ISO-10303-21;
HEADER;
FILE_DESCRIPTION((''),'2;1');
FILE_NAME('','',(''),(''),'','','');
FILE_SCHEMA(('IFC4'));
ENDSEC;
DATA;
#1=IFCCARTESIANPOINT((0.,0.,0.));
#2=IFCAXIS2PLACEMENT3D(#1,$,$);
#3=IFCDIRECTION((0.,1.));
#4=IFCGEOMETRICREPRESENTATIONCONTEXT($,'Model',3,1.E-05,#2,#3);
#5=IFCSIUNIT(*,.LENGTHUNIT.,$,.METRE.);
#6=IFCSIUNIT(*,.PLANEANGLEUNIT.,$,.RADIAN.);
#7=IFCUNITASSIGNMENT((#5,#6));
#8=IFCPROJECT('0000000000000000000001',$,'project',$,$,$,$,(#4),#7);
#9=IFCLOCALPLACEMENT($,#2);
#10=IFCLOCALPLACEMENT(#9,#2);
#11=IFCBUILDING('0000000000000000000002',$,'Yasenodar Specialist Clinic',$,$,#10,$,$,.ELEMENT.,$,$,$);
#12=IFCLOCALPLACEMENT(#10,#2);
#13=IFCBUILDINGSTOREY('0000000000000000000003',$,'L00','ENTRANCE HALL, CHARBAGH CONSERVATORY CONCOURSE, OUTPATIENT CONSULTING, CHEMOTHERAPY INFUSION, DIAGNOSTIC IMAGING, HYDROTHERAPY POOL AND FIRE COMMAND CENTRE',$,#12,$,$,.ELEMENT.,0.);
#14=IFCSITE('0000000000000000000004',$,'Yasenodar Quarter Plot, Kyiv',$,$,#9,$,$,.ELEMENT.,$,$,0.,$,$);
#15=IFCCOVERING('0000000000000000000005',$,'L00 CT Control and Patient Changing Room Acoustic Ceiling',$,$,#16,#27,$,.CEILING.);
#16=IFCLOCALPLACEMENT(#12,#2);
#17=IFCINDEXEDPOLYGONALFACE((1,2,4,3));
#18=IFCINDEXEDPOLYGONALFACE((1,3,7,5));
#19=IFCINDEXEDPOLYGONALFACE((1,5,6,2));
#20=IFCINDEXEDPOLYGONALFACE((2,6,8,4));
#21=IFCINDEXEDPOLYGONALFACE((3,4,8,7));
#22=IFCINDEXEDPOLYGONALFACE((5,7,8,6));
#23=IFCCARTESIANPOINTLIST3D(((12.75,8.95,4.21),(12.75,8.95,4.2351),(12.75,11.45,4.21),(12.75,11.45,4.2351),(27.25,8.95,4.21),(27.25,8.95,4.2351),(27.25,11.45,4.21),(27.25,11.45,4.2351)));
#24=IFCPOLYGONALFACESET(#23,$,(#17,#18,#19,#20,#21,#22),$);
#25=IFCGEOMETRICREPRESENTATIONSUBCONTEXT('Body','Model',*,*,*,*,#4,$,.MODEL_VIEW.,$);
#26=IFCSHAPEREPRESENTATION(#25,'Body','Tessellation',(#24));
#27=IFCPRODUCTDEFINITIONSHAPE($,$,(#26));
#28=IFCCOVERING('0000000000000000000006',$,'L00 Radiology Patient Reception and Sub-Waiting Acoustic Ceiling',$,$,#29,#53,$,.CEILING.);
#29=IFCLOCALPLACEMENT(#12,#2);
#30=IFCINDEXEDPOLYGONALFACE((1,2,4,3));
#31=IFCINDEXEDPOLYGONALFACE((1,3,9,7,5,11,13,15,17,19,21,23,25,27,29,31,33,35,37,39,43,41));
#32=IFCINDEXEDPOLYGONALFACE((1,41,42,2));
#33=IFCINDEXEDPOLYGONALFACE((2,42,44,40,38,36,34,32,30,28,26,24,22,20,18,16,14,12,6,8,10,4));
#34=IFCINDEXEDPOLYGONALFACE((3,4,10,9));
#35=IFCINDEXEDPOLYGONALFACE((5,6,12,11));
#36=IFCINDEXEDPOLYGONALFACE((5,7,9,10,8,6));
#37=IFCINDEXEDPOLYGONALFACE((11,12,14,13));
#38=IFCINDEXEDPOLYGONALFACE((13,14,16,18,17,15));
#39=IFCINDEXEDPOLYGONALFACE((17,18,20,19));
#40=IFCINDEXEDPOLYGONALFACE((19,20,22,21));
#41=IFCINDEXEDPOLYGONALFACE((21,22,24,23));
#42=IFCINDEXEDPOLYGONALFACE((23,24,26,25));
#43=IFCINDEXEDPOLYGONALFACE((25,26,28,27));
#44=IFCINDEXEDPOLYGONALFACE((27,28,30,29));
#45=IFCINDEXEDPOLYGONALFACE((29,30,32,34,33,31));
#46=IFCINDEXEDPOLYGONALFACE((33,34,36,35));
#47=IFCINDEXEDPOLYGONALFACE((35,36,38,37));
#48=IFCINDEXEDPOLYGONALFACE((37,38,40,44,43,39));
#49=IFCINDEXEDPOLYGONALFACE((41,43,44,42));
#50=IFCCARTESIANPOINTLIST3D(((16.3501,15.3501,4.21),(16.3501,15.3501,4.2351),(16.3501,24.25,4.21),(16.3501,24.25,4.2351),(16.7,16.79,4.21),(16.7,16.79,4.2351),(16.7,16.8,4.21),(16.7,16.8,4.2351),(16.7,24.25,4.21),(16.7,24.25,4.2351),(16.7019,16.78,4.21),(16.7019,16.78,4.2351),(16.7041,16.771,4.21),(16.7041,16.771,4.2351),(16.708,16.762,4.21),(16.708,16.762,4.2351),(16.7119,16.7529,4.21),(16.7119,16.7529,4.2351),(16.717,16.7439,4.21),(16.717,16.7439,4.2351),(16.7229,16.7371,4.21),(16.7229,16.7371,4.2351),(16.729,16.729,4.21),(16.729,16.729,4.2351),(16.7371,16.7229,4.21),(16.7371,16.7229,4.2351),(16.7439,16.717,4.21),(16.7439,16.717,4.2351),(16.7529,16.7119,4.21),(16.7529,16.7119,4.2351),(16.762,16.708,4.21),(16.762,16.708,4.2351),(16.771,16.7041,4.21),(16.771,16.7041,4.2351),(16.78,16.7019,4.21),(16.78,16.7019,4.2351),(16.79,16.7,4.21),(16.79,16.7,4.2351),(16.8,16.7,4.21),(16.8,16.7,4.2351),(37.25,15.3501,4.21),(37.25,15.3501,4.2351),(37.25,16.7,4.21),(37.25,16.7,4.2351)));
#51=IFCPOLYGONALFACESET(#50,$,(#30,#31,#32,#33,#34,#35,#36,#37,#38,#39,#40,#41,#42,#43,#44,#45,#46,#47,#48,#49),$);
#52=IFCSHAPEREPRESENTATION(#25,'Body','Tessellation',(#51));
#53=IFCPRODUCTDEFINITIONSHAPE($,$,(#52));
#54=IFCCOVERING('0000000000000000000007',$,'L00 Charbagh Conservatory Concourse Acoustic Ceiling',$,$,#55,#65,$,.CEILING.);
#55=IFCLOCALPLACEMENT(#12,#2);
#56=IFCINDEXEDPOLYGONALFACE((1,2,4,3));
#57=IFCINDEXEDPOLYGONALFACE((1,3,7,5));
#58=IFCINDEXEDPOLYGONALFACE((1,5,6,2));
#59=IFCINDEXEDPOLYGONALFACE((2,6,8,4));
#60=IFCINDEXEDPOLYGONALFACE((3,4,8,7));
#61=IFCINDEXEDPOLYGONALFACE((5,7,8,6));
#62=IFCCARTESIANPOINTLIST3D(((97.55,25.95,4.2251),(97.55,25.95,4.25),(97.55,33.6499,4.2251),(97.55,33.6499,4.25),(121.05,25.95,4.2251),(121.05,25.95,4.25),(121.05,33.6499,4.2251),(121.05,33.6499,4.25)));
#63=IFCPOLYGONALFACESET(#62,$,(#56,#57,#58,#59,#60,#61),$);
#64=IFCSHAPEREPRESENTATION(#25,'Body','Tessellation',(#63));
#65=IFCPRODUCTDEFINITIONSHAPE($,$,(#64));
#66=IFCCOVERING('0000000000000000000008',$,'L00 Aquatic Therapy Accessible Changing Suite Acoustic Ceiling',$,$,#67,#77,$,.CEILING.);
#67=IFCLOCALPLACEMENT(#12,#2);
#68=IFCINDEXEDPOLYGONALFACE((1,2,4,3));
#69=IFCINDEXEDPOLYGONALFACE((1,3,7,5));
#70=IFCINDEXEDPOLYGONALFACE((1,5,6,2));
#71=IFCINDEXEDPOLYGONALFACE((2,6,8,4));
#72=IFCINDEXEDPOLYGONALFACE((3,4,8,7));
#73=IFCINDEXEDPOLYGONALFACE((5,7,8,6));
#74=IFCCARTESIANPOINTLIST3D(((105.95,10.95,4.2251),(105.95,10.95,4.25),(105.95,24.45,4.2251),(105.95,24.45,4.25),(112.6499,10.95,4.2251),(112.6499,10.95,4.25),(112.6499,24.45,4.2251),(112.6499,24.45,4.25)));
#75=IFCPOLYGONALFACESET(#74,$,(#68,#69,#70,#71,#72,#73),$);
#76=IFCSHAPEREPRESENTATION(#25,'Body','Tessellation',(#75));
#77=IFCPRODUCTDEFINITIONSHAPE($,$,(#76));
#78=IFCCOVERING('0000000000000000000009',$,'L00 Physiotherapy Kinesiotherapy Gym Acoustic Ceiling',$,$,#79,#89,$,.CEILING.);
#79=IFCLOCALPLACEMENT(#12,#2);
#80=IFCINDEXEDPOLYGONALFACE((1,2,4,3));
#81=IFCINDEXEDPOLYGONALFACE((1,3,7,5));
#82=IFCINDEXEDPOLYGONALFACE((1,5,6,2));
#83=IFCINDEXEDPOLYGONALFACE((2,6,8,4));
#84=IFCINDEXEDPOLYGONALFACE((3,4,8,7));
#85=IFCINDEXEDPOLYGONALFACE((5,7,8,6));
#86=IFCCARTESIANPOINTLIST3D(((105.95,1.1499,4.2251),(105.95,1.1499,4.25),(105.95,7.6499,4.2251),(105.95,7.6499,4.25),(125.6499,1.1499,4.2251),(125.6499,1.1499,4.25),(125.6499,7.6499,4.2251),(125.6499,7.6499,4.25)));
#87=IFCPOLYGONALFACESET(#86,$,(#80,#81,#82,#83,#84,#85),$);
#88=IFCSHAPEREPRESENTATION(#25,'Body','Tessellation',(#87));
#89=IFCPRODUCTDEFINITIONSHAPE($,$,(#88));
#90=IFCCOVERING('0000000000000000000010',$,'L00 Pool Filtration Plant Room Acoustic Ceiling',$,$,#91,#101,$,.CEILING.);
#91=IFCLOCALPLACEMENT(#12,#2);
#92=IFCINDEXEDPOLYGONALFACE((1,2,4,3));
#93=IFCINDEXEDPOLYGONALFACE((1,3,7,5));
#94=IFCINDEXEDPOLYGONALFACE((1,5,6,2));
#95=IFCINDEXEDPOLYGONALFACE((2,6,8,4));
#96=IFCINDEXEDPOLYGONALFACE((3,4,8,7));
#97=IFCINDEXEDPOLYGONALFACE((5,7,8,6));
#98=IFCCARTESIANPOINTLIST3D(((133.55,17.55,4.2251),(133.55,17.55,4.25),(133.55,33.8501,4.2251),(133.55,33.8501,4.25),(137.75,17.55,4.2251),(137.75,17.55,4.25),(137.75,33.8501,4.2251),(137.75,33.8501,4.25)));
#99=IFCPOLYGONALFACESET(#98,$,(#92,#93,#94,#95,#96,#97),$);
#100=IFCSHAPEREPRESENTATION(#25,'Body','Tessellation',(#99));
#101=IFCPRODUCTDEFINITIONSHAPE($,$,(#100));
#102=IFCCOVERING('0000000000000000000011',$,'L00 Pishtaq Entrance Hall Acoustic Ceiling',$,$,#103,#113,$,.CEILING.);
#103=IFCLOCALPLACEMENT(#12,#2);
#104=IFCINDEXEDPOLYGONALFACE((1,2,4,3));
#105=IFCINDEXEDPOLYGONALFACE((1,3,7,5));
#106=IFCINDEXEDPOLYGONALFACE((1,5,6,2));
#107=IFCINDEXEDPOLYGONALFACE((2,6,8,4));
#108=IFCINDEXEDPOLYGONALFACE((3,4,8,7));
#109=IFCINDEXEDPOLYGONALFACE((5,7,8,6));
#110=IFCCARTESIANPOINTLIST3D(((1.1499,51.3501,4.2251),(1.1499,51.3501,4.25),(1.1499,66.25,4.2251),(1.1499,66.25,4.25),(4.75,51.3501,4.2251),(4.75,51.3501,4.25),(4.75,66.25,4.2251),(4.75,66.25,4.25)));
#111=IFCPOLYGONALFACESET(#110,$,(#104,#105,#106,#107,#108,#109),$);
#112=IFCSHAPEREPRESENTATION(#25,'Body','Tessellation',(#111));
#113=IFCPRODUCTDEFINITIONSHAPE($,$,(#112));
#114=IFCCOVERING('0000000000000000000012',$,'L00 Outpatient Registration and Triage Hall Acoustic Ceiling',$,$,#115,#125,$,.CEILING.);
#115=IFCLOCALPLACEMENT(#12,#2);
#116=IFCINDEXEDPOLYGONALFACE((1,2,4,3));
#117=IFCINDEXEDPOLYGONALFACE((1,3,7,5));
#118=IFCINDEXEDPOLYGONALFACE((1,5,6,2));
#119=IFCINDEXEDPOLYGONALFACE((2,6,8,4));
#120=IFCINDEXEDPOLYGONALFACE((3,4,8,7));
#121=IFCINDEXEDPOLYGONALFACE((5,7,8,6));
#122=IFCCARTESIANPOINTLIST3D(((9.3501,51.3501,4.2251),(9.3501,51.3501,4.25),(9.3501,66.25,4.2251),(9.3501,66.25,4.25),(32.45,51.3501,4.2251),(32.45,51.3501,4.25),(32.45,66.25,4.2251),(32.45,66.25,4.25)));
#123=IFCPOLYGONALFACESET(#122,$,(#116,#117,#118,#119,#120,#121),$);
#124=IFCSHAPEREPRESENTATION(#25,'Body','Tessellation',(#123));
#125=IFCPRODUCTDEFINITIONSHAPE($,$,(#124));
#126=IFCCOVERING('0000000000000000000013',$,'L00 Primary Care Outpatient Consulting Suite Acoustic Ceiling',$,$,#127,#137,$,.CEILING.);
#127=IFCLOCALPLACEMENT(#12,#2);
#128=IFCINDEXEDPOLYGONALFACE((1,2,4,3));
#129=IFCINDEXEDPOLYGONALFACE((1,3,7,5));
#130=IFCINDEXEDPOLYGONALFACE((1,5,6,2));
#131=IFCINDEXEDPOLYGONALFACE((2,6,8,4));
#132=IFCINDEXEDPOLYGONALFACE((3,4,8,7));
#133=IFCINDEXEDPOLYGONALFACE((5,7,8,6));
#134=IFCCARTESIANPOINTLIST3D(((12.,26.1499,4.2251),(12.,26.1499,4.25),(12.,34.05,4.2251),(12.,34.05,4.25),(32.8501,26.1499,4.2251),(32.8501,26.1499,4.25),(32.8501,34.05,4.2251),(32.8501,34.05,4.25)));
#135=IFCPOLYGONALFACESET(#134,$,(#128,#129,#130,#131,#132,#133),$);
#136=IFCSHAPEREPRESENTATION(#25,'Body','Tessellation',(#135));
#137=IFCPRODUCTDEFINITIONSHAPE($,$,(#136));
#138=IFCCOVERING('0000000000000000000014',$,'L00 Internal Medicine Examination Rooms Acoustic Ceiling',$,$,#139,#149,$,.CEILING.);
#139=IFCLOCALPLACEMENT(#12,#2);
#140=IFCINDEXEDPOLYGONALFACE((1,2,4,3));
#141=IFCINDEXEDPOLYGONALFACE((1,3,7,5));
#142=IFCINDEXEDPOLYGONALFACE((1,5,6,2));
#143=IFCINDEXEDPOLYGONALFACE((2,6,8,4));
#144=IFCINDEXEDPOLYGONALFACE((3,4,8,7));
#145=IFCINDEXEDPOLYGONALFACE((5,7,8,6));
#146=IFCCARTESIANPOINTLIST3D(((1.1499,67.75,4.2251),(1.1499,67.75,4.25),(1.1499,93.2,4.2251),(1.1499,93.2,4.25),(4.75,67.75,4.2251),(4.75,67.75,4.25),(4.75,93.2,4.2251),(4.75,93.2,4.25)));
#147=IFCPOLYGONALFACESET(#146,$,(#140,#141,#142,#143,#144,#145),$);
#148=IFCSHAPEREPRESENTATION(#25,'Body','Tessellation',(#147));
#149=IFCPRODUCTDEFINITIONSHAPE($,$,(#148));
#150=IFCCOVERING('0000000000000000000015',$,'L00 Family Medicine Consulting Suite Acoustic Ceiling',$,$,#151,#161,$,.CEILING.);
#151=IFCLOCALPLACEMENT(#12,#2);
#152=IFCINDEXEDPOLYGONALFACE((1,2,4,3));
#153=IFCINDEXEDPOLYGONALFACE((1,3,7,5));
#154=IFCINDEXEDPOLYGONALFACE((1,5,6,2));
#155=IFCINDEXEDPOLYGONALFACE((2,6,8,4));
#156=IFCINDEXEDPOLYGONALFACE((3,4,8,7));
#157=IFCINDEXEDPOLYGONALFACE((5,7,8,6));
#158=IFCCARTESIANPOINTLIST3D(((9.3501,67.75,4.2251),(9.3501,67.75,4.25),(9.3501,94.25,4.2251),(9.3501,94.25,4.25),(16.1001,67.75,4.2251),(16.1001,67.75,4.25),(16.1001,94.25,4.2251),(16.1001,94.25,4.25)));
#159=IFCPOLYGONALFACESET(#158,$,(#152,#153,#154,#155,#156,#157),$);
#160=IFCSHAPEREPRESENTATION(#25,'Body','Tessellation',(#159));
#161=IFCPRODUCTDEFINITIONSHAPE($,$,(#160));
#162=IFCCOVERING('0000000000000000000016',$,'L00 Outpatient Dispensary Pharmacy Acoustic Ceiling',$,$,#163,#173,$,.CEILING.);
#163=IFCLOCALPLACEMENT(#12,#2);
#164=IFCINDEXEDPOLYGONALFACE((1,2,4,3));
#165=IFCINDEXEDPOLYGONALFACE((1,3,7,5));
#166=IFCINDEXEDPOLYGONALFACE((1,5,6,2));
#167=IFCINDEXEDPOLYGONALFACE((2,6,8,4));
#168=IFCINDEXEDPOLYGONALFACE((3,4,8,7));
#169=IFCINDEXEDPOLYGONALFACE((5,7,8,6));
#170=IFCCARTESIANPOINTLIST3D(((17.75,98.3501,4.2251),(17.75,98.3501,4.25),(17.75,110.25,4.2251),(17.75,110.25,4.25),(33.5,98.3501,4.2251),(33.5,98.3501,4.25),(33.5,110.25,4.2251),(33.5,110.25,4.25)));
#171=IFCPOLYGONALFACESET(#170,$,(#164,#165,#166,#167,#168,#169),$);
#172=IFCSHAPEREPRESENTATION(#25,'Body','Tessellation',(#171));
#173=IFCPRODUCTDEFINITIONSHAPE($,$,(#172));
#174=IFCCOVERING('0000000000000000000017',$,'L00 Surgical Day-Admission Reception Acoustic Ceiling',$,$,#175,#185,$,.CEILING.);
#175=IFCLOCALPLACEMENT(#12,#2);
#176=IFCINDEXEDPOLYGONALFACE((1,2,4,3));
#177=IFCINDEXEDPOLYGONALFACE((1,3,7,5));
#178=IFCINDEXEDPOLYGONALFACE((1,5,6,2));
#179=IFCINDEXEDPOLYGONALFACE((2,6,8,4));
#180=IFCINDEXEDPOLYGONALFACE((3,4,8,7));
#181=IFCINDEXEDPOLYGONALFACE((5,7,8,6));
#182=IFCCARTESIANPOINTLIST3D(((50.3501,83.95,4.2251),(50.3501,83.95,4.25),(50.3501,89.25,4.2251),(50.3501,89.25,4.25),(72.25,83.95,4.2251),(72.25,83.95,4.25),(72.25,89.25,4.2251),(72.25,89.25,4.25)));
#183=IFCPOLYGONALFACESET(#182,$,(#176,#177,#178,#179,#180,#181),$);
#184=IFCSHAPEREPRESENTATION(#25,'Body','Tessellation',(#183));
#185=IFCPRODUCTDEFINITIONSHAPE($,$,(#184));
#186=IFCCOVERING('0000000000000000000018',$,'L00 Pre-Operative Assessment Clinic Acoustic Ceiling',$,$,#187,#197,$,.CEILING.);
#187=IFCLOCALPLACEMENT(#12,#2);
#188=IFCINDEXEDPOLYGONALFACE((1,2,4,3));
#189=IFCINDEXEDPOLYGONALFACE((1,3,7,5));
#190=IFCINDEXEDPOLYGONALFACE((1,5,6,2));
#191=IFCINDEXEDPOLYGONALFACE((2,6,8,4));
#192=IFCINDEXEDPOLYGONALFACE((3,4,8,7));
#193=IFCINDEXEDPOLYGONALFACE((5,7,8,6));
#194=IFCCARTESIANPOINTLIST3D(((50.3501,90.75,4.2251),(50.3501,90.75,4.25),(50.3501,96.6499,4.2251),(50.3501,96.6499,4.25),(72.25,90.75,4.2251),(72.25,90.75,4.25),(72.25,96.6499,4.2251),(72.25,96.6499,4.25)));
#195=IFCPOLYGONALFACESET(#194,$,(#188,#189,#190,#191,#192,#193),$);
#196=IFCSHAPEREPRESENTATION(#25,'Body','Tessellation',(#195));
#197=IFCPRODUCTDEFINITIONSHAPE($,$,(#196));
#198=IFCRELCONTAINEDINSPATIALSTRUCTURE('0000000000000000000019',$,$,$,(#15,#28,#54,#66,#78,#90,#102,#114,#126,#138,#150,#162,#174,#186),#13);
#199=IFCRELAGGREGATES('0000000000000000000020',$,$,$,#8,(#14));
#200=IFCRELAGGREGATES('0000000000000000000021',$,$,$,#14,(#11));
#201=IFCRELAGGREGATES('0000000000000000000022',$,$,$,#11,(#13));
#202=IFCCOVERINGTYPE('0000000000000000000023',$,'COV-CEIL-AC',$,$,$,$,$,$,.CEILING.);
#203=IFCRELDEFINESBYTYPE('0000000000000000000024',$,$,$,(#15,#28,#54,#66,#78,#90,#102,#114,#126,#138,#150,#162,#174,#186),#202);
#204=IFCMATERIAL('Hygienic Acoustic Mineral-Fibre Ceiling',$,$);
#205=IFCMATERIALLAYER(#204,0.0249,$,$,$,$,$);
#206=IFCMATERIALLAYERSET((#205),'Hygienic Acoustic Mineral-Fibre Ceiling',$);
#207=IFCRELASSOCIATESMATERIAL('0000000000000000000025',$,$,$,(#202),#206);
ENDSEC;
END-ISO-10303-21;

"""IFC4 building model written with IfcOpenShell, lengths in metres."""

from ifc_helpers import new_model, si_unit, direction, frame, origin, place, context, subcontext, project, spatial, polyline, outline, extrude, material, layer, layer_set, type_object, element, save


model = new_model("IFC4")

# Units and contexts
model_context = context("Model", 3, precision=1e-05, world=origin(), true_north=direction((0.0, 1.0)))
body_context = subcontext(model_context, "Body", "Model", "MODEL_VIEW")
ifc_project = project(units=[si_unit("LENGTHUNIT", "METRE"), si_unit("PLANEANGLEUNIT", "RADIAN")], contexts=[model_context])

# Site, building, storey
site_placement = place(None, origin())
site = spatial("IfcSite", under=ifc_project, at=site_placement, Name="Yasenodar Quarter Plot, Kyiv", CompositionType="ELEMENT", RefElevation=0.0)
building_placement = place(site_placement, origin())
building = spatial("IfcBuilding", under=site, at=building_placement, Name="Yasenodar Specialist Clinic", CompositionType="ELEMENT")
storey_placement = place(building_placement, origin())
storey = spatial("IfcBuildingStorey", under=building, at=storey_placement, Name="L00", Description="ENTRANCE HALL, CHARBAGH CONSERVATORY CONCOURSE, OUTPATIENT CONSULTING, CHEMOTHERAPY INFUSION, DIAGNOSTIC IMAGING, HYDROTHERAPY POOL AND FIRE COMMAND CENTRE", CompositionType="ELEMENT", Elevation=0.0)

# Coverings
ifc_material_1 = material(Name="Hygienic Acoustic Mineral-Fibre Ceiling")
ifc_layer_1 = layer(ifc_material_1, 0.0249)
ifc_layer_set_1 = layer_set([ifc_layer_1], Name="Hygienic Acoustic Mineral-Fibre Ceiling")
covering_type_1 = type_object("IfcCoveringType", Name="COV-CEIL-AC", PredefinedType="CEILING", material=ifc_layer_set_1)
covering_1_placement = place(storey_placement, frame((0.0, 0.0, 4.21)))
element("IfcCovering", 1, at=covering_1_placement, inside=storey, type_object=covering_type_1, Name="L00 CT Control and Patient Changing Room Acoustic Ceiling", PredefinedType="CEILING", context=body_context, shape_type="SweptSolid", body=[
    extrude(outline(polyline([(27.25, 8.95), (12.75, 8.95), (12.75, 11.45), (27.25, 11.45), (27.25, 8.95)])), origin(), (0.0, 0.0, 1.0), 0.0251),
])
covering_2_placement = place(storey_placement, frame((0.0, 0.0, 4.21)))
element("IfcCovering", 2, at=covering_2_placement, inside=storey, type_object=covering_type_1, Name="L00 Radiology Patient Reception and Sub-Waiting Acoustic Ceiling", PredefinedType="CEILING", context=body_context, shape_type="SweptSolid", body=[
    extrude(outline(polyline([(37.25, 15.3501), (16.3501, 15.3501), (16.3501, 24.25), (16.7, 24.25), (16.7, 16.8), (16.7, 16.79), (16.7019, 16.78), (16.7041, 16.771), (16.708, 16.762), (16.7119, 16.7529), (16.717, 16.7439), (16.7229, 16.7371), (16.729, 16.729), (16.7371, 16.7229), (16.7439, 16.717), (16.7529, 16.7119), (16.762, 16.708), (16.771, 16.7041), (16.78, 16.7019), (16.79, 16.7), (16.8, 16.7), (37.25, 16.7), (37.25, 15.3501)])), origin(), (0.0, 0.0, 1.0), 0.0251),
])
covering_3_placement = place(storey_placement, frame((0.0, 0.0, 4.2251)))
element("IfcCovering", 3, at=covering_3_placement, inside=storey, type_object=covering_type_1, Name="L00 Charbagh Conservatory Concourse Acoustic Ceiling", PredefinedType="CEILING", context=body_context, shape_type="SweptSolid", body=[
    extrude(outline(polyline([(121.05, 25.95), (97.55, 25.95), (97.55, 33.6499), (121.05, 33.6499), (121.05, 25.95)])), origin(), (0.0, 0.0, 1.0), 0.0249),
])
covering_4_placement = place(storey_placement, frame((0.0, 0.0, 4.2251)))
element("IfcCovering", 4, at=covering_4_placement, inside=storey, type_object=covering_type_1, Name="L00 Aquatic Therapy Accessible Changing Suite Acoustic Ceiling", PredefinedType="CEILING", context=body_context, shape_type="SweptSolid", body=[
    extrude(outline(polyline([(112.6499, 24.45), (112.6499, 10.95), (105.95, 10.95), (105.95, 24.45), (112.6499, 24.45)])), origin(), (0.0, 0.0, 1.0), 0.0249),
])
covering_5_placement = place(storey_placement, frame((0.0, 0.0, 4.2251)))
element("IfcCovering", 5, at=covering_5_placement, inside=storey, type_object=covering_type_1, Name="L00 Physiotherapy Kinesiotherapy Gym Acoustic Ceiling", PredefinedType="CEILING", context=body_context, shape_type="SweptSolid", body=[
    extrude(outline(polyline([(125.6499, 1.1499), (105.95, 1.1499), (105.95, 7.6499), (125.6499, 7.6499), (125.6499, 1.1499)])), origin(), (0.0, 0.0, 1.0), 0.0249),
])
covering_6_placement = place(storey_placement, frame((0.0, 0.0, 4.2251)))
element("IfcCovering", 6, at=covering_6_placement, inside=storey, type_object=covering_type_1, Name="L00 Pool Filtration Plant Room Acoustic Ceiling", PredefinedType="CEILING", context=body_context, shape_type="SweptSolid", body=[
    extrude(outline(polyline([(137.75, 33.8501), (137.75, 17.55), (133.55, 17.55), (133.55, 33.8501), (137.75, 33.8501)])), origin(), (0.0, 0.0, 1.0), 0.0249),
])
covering_7_placement = place(storey_placement, frame((0.0, 0.0, 4.2251)))
element("IfcCovering", 7, at=covering_7_placement, inside=storey, type_object=covering_type_1, Name="L00 Pishtaq Entrance Hall Acoustic Ceiling", PredefinedType="CEILING", context=body_context, shape_type="SweptSolid", body=[
    extrude(outline(polyline([(4.75, 51.3501), (1.1499, 51.3501), (1.1499, 66.25), (4.75, 66.25), (4.75, 51.3501)])), origin(), (0.0, 0.0, 1.0), 0.0249),
])
covering_8_placement = place(storey_placement, frame((0.0, 0.0, 4.2251)))
element("IfcCovering", 8, at=covering_8_placement, inside=storey, type_object=covering_type_1, Name="L00 Outpatient Registration and Triage Hall Acoustic Ceiling", PredefinedType="CEILING", context=body_context, shape_type="SweptSolid", body=[
    extrude(outline(polyline([(32.45, 51.3501), (9.3501, 51.3501), (9.3501, 66.25), (32.45, 66.25), (32.45, 51.3501)])), origin(), (0.0, 0.0, 1.0), 0.0249),
])
covering_9_placement = place(storey_placement, frame((0.0, 0.0, 4.2251)))
element("IfcCovering", 9, at=covering_9_placement, inside=storey, type_object=covering_type_1, Name="L00 Primary Care Outpatient Consulting Suite Acoustic Ceiling", PredefinedType="CEILING", context=body_context, shape_type="SweptSolid", body=[
    extrude(outline(polyline([(32.8501, 26.1499), (12.0, 26.1499), (12.0, 34.05), (32.8501, 34.05), (32.8501, 26.1499)])), origin(), (0.0, 0.0, 1.0), 0.0249),
])
covering_10_placement = place(storey_placement, frame((0.0, 0.0, 4.2251)))
element("IfcCovering", 10, at=covering_10_placement, inside=storey, type_object=covering_type_1, Name="L00 Internal Medicine Examination Rooms Acoustic Ceiling", PredefinedType="CEILING", context=body_context, shape_type="SweptSolid", body=[
    extrude(outline(polyline([(4.75, 93.2), (4.75, 67.75), (1.1499, 67.75), (1.1499, 93.2), (4.75, 93.2)])), origin(), (0.0, 0.0, 1.0), 0.0249),
])
covering_11_placement = place(storey_placement, frame((0.0, 0.0, 4.2251)))
element("IfcCovering", 11, at=covering_11_placement, inside=storey, type_object=covering_type_1, Name="L00 Family Medicine Consulting Suite Acoustic Ceiling", PredefinedType="CEILING", context=body_context, shape_type="SweptSolid", body=[
    extrude(outline(polyline([(16.1001, 94.25), (16.1001, 67.75), (9.3501, 67.75), (9.3501, 94.25), (16.1001, 94.25)])), origin(), (0.0, 0.0, 1.0), 0.0249),
])
covering_12_placement = place(storey_placement, frame((0.0, 0.0, 4.2251)))
element("IfcCovering", 12, at=covering_12_placement, inside=storey, type_object=covering_type_1, Name="L00 Outpatient Dispensary Pharmacy Acoustic Ceiling", PredefinedType="CEILING", context=body_context, shape_type="SweptSolid", body=[
    extrude(outline(polyline([(17.75, 98.3501), (17.75, 110.25), (33.5, 110.25), (33.5, 98.3501), (17.75, 98.3501)])), origin(), (0.0, 0.0, 1.0), 0.0249),
])
covering_13_placement = place(storey_placement, frame((0.0, 0.0, 4.2251)))
element("IfcCovering", 13, at=covering_13_placement, inside=storey, type_object=covering_type_1, Name="L00 Surgical Day-Admission Reception Acoustic Ceiling", PredefinedType="CEILING", context=body_context, shape_type="SweptSolid", body=[
    extrude(outline(polyline([(72.25, 83.95), (50.3501, 83.95), (50.3501, 89.25), (72.25, 89.25), (72.25, 83.95)])), origin(), (0.0, 0.0, 1.0), 0.0249),
])
covering_14_placement = place(storey_placement, frame((0.0, 0.0, 4.2251)))
element("IfcCovering", 14, at=covering_14_placement, inside=storey, type_object=covering_type_1, Name="L00 Pre-Operative Assessment Clinic Acoustic Ceiling", PredefinedType="CEILING", context=body_context, shape_type="SweptSolid", body=[
    extrude(outline(polyline([(72.25, 90.75), (50.3501, 90.75), (50.3501, 96.6499), (72.25, 96.6499), (72.25, 90.75)])), origin(), (0.0, 0.0, 1.0), 0.0249),
])

save(model, "model.ifc")
